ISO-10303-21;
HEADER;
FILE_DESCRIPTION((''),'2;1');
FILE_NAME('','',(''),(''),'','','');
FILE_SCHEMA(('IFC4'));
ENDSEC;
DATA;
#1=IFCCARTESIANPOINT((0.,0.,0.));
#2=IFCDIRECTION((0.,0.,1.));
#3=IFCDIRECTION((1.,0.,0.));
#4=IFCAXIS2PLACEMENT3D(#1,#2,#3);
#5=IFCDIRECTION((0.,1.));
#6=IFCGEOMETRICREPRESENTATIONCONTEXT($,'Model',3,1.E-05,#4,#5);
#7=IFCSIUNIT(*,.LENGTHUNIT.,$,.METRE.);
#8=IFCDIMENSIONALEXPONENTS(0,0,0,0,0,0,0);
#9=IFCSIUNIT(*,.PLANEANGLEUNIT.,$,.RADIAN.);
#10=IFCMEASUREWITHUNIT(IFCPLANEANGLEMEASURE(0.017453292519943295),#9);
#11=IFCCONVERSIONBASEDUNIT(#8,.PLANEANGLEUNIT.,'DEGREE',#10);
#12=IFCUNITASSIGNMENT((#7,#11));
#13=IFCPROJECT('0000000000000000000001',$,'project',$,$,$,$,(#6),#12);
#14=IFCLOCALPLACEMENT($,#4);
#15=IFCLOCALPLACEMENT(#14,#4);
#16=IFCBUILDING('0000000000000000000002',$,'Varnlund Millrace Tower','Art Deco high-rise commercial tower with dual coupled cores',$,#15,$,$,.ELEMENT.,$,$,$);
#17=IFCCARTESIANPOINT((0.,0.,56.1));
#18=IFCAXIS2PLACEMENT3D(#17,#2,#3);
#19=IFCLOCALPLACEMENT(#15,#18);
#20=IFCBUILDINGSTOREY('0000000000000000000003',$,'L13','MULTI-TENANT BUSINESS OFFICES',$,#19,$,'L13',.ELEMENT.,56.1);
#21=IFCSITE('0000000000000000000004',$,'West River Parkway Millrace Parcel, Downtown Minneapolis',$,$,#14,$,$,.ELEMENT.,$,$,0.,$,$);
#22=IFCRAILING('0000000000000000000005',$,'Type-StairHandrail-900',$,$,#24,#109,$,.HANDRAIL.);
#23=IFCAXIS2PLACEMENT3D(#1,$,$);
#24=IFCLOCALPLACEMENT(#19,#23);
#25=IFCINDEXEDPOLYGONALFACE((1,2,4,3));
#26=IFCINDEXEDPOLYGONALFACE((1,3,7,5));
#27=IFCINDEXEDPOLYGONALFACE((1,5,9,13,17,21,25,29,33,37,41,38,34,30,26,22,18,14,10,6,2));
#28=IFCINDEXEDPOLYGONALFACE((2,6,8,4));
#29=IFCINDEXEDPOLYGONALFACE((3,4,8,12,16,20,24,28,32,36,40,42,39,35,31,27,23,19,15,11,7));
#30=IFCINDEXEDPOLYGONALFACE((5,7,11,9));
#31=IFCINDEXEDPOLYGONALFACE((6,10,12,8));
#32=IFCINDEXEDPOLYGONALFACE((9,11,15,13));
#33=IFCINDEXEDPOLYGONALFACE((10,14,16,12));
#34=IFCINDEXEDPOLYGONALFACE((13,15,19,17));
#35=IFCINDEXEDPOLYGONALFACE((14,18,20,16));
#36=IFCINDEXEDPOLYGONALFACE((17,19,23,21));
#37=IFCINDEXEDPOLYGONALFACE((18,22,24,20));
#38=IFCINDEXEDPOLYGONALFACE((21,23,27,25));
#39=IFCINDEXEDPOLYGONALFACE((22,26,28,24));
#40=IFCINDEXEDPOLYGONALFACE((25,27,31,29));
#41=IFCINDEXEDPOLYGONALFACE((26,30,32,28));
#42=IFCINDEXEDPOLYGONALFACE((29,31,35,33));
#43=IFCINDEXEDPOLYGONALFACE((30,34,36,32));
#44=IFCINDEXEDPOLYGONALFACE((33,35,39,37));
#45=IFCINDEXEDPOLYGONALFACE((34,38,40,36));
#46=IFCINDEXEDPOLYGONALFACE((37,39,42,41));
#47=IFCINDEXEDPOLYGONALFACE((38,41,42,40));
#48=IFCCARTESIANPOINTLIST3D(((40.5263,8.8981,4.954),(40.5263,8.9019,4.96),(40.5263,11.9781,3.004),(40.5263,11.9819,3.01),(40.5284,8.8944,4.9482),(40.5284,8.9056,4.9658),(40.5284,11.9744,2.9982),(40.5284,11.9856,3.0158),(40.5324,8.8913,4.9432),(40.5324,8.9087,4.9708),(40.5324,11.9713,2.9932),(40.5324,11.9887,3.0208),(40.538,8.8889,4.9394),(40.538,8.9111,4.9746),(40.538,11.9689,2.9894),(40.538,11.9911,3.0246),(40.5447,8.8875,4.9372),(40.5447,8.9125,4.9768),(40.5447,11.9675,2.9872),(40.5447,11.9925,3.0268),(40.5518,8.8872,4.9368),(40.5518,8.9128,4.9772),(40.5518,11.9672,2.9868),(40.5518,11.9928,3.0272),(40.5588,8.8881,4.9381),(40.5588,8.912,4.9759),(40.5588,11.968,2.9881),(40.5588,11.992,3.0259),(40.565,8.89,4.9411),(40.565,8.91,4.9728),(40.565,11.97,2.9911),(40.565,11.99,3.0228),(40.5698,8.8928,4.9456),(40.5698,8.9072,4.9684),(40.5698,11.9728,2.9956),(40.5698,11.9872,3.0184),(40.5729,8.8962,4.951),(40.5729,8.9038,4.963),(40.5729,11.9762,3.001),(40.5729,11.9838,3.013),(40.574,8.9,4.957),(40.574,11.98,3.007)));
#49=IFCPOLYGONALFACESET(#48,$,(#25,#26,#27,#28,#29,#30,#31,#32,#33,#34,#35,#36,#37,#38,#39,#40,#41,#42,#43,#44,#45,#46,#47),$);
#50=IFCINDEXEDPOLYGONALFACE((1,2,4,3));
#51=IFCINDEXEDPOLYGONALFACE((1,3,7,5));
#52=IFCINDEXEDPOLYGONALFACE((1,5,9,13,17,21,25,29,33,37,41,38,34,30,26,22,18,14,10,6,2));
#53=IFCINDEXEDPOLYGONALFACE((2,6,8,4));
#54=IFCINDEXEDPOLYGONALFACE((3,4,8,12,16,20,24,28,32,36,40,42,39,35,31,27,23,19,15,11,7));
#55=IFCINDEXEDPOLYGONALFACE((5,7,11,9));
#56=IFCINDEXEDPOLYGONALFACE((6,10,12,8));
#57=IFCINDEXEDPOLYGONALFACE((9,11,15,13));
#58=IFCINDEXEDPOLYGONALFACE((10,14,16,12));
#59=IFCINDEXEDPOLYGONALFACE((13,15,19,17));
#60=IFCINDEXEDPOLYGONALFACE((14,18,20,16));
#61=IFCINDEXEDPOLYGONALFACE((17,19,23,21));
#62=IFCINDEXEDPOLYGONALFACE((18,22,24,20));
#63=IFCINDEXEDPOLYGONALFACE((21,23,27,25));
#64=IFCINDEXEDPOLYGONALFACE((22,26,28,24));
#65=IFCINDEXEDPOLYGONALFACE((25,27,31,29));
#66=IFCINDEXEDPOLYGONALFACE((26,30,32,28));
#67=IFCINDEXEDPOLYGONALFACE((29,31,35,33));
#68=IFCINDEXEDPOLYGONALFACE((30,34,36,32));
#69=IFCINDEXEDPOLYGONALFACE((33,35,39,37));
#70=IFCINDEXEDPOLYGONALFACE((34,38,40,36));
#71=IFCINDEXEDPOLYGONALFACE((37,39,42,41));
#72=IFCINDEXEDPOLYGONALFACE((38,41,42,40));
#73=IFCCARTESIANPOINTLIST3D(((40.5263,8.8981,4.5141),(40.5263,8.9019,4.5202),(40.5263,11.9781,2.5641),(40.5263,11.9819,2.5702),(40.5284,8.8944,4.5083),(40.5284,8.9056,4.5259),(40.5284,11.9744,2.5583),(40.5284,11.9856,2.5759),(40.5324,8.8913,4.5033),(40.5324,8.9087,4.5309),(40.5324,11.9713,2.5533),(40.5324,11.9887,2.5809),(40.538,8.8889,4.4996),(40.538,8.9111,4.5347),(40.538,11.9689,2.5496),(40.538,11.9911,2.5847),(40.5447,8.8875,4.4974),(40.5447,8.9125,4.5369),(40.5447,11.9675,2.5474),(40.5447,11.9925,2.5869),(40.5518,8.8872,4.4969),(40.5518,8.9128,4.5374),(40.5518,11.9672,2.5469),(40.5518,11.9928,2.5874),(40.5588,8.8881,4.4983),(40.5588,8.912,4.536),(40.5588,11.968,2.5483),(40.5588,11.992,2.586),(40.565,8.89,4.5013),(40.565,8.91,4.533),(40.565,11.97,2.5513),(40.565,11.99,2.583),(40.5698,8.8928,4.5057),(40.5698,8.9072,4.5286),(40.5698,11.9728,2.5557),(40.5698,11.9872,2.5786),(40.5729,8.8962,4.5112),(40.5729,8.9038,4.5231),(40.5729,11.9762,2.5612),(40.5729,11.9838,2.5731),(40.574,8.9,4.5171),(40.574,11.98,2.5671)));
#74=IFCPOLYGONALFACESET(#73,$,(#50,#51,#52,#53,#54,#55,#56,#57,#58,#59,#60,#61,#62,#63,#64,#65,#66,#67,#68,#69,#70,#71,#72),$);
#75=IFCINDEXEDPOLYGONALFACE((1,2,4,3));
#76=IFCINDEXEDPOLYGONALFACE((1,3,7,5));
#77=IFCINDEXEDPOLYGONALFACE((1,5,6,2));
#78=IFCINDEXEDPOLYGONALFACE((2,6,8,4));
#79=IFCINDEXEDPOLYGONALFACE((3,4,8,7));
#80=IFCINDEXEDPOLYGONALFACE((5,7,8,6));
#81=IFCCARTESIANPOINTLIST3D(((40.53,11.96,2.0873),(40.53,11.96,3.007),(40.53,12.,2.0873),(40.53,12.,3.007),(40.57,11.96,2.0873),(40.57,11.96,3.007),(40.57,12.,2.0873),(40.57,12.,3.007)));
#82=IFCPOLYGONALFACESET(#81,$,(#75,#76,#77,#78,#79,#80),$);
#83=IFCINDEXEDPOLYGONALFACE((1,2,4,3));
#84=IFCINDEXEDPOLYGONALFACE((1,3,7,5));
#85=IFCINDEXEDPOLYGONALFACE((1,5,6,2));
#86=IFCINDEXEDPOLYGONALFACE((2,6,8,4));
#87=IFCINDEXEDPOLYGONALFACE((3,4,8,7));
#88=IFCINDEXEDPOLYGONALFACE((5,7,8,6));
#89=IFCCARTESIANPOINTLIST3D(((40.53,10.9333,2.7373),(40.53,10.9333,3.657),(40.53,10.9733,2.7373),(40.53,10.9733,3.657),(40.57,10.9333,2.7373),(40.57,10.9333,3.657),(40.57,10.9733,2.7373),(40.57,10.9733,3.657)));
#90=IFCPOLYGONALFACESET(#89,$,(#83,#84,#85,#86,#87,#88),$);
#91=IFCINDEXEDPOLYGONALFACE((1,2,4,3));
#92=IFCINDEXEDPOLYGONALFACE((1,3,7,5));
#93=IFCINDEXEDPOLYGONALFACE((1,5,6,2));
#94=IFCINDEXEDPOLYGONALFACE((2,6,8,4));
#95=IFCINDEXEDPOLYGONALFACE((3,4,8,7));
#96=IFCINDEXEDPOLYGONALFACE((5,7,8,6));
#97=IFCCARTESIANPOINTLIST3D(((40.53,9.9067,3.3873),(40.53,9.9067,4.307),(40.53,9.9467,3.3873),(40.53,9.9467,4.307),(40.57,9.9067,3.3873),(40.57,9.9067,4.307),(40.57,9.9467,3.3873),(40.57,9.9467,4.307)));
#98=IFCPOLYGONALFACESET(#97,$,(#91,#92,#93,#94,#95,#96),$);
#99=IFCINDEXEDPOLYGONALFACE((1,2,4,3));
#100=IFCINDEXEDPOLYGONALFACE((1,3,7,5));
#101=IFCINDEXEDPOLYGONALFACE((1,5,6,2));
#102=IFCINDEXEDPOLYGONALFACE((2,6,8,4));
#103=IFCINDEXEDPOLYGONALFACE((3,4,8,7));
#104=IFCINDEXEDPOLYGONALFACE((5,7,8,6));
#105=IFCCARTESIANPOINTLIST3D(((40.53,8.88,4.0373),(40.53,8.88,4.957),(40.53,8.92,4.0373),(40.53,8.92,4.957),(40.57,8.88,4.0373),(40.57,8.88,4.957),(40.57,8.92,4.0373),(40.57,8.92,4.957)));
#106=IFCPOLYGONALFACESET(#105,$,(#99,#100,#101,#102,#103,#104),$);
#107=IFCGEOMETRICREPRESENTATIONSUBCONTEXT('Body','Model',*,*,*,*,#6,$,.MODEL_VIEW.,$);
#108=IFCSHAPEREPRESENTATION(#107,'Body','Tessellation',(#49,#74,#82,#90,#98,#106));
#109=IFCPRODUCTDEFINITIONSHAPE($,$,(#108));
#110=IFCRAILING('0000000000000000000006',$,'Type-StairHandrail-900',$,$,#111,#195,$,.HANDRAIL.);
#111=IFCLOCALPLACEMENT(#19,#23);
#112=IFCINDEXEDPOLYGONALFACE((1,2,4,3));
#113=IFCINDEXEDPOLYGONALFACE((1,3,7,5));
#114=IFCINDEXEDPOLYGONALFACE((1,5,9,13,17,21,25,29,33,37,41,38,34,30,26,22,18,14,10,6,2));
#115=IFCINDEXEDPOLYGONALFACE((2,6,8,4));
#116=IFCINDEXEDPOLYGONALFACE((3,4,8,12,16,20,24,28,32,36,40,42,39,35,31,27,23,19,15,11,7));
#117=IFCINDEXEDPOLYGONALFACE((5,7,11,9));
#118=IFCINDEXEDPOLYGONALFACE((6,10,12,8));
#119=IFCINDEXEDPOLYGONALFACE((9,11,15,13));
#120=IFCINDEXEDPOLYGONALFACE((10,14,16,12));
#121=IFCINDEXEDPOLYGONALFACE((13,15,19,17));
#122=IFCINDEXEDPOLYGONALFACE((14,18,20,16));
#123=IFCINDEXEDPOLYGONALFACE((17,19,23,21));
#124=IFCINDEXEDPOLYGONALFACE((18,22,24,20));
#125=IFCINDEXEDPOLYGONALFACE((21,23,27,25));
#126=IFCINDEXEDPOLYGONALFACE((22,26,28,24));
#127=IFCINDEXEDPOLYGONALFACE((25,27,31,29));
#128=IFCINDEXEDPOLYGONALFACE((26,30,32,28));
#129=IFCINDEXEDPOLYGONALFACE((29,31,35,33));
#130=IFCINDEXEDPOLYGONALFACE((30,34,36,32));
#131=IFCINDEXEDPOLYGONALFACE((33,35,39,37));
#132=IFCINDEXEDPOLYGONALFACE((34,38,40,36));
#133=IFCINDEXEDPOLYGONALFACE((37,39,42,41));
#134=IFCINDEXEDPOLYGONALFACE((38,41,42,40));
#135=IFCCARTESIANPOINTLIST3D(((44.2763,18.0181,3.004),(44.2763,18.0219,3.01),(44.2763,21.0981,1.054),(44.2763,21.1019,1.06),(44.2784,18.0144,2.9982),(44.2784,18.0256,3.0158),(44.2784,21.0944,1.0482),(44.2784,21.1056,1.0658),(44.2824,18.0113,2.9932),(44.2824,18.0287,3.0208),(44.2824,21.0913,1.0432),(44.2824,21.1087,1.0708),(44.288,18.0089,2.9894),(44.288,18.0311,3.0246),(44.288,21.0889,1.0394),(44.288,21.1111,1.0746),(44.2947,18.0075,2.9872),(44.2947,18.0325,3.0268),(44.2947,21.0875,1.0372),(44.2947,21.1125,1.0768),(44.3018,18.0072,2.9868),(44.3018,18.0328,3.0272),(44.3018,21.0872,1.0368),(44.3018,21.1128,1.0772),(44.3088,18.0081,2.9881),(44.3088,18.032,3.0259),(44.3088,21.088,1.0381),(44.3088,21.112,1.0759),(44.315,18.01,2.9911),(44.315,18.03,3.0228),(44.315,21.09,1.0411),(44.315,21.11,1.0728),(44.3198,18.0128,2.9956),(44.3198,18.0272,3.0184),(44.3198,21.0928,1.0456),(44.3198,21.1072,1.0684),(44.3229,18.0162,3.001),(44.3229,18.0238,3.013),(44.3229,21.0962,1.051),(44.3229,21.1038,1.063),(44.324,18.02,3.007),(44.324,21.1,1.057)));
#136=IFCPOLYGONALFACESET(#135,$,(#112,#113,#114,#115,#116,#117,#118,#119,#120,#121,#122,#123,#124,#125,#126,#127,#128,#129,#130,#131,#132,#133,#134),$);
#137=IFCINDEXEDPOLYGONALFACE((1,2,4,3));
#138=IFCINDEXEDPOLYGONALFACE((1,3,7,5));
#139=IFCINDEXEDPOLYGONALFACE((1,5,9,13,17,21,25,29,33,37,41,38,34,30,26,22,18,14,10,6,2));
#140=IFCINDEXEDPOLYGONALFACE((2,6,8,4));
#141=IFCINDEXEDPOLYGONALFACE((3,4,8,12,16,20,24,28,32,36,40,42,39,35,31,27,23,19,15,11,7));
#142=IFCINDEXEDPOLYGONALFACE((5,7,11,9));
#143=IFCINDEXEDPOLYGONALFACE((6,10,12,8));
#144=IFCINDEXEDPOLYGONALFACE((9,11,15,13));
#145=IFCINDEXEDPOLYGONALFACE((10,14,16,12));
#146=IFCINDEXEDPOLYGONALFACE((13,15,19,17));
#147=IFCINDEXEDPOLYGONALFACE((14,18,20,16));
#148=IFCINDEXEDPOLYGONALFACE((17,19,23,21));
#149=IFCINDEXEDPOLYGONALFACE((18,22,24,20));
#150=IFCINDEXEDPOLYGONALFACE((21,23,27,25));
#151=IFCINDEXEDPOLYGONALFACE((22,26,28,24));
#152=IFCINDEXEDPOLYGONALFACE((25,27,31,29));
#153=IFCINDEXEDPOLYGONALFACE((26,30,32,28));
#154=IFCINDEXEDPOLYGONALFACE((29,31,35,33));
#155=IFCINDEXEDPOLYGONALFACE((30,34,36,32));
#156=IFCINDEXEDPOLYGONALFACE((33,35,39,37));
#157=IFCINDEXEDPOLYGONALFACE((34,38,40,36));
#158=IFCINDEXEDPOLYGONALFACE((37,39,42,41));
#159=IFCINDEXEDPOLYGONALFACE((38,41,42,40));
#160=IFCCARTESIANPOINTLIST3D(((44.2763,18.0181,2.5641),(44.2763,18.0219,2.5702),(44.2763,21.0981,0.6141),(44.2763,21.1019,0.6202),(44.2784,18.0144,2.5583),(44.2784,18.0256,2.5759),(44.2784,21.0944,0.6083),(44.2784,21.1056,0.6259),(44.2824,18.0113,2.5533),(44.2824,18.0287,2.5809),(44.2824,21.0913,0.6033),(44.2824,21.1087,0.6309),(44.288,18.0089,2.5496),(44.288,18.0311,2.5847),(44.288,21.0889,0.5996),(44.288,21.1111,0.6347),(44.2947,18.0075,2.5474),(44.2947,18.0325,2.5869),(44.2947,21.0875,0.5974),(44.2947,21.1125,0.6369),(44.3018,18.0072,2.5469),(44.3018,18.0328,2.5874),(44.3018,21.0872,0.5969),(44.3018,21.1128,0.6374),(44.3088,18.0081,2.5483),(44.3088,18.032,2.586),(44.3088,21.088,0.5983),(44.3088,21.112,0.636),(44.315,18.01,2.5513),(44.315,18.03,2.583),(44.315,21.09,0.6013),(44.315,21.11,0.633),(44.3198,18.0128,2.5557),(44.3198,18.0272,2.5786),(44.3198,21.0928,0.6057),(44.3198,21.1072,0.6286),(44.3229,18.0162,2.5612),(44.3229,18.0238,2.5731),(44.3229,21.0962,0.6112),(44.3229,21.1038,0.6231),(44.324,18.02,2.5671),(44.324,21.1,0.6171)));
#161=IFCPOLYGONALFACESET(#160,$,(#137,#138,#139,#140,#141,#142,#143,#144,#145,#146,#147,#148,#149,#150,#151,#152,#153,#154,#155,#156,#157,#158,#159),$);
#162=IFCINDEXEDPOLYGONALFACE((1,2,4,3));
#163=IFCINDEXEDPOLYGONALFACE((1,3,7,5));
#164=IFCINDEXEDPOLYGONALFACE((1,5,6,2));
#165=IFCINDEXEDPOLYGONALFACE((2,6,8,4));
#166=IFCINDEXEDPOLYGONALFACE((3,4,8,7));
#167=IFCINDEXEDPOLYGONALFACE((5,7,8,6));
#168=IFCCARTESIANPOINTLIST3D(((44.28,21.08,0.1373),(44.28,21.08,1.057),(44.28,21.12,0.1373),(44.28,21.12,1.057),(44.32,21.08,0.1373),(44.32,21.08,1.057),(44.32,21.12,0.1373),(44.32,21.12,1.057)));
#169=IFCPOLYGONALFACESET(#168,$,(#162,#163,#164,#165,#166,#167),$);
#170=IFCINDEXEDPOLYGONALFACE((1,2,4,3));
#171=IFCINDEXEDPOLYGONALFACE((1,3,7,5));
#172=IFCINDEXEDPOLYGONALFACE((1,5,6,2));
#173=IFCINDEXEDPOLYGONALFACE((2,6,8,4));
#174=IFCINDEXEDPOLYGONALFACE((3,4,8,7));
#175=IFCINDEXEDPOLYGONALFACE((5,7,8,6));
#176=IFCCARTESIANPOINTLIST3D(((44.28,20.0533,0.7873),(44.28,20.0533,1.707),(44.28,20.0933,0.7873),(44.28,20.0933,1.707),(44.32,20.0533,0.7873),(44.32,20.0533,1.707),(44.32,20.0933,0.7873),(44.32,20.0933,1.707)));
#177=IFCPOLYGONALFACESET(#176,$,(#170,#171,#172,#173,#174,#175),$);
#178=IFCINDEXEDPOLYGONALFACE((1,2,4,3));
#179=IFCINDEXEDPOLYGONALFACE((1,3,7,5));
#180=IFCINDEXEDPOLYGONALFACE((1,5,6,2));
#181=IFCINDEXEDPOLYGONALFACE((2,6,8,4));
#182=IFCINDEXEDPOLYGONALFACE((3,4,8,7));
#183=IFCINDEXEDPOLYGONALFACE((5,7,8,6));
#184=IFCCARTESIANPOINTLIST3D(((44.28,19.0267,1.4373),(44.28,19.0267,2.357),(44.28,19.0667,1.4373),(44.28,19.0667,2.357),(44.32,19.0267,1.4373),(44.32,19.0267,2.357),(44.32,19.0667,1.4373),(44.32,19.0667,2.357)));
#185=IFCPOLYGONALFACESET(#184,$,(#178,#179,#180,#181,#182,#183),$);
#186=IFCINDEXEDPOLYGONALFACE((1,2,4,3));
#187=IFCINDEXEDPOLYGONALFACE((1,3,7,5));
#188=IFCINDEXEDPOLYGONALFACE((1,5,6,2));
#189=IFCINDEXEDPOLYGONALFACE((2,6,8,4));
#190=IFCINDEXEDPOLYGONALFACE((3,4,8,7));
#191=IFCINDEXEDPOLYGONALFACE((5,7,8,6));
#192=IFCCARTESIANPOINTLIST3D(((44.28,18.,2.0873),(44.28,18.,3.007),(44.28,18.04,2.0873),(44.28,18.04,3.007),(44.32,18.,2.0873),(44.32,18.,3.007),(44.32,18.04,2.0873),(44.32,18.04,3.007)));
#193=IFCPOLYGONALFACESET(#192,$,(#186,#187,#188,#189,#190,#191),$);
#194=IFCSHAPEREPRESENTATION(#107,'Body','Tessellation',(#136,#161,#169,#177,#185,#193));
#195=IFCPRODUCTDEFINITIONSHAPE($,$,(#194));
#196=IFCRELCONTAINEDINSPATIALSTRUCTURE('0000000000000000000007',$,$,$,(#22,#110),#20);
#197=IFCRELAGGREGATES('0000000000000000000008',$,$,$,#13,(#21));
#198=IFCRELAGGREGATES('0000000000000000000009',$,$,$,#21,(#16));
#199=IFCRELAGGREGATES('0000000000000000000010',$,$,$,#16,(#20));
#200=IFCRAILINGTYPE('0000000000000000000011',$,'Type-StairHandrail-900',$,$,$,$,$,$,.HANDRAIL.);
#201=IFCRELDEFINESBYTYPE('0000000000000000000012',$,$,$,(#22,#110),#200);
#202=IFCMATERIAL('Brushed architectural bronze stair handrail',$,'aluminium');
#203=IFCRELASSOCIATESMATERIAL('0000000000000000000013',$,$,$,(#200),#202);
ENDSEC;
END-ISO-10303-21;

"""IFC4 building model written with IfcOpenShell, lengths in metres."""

from ifc_helpers import new_model, entity, si_unit, converted_unit, direction, frame, origin_with_axes, origin_2d_with_axis, place, context, subcontext, project, spatial, rectangle, circle, extrude, material, type_object, element, save


model = new_model("IFC4")

# Units and contexts
model_context = context("Model", 3, precision=1e-05, world=origin_with_axes(), true_north=direction((0.0, 1.0)))
body_context = subcontext(model_context, "Body", "Model", "MODEL_VIEW")
ifc_project = project(units=[si_unit("LENGTHUNIT", "METRE"), converted_unit("PLANEANGLEUNIT", "DEGREE", entity("IfcPlaneAngleMeasure", 0.017453292519943295), si_unit("PLANEANGLEUNIT", "RADIAN"), dimensions=[0, 0, 0, 0, 0, 0, 0])], contexts=[model_context])

# Site, building, storey
site_placement = place(None, origin_with_axes())
site = spatial("IfcSite", under=ifc_project, at=site_placement, Name="West River Parkway Millrace Parcel, Downtown Minneapolis", CompositionType="ELEMENT", RefElevation=0.0)
building_placement = place(site_placement, origin_with_axes())
building = spatial("IfcBuilding", under=site, at=building_placement, Name="Varnlund Millrace Tower", Description="Art Deco high-rise commercial tower with dual coupled cores", CompositionType="ELEMENT")
storey_placement = place(building_placement, frame((0.0, 0.0, 56.1), z_axis=(0.0, 0.0, 1.0), x_axis=(1.0, 0.0, 0.0)))
storey = spatial("IfcBuildingStorey", under=building, at=storey_placement, Name="L13", Description="MULTI-TENANT BUSINESS OFFICES", LongName="L13", CompositionType="ELEMENT", Elevation=56.1)

# Railings
ifc_material_1 = material(Name="Brushed architectural bronze stair handrail", Category="aluminium")
railing_type_1 = type_object("IfcRailingType", Name="Type-StairHandrail-900", PredefinedType="HANDRAIL", material=ifc_material_1)
railing_1_placement = place(storey_placement, frame((0.0, 0.0, -56.1), z_axis=(0.0, 0.0, 1.0), x_axis=(1.0, 0.0, 0.0)))
element("IfcRailing", 1, at=railing_1_placement, inside=storey, type_object=railing_type_1, Name="Type-StairHandrail-900", PredefinedType="HANDRAIL", context=body_context, shape_type="SweptSolid", body=[
    extrude(circle(Radius=0.024, at=origin_2d_with_axis()), frame((40.55, 11.98, 59.107), z_axis=(0.0, -0.844902, 0.534922), x_axis=(1.0, 0.0, 0.0)), (0.0, 0.0, 1.0), 3.6454),
    extrude(circle(Radius=0.024, at=origin_2d_with_axis()), frame((40.55, 11.98, 58.6671), z_axis=(0.0, -0.844902, 0.534922), x_axis=(1.0, 0.0, 0.0)), (0.0, 0.0, 1.0), 3.6454),
    extrude(rectangle(XDim=0.04, YDim=0.04, at=origin_2d_with_axis()), frame((40.55, 11.98, 58.1873), z_axis=(0.0, 0.0, 1.0), x_axis=(1.0, 0.0, 0.0)), (0.0, 0.0, 1.0), 0.9197),
    extrude(rectangle(XDim=0.04, YDim=0.04, at=origin_2d_with_axis()), frame((40.55, 10.9533, 58.8373), z_axis=(0.0, 0.0, 1.0), x_axis=(1.0, 0.0, 0.0)), (0.0, 0.0, 1.0), 0.9197),
    extrude(rectangle(XDim=0.04, YDim=0.04, at=origin_2d_with_axis()), frame((40.55, 9.9267, 59.4873), z_axis=(0.0, 0.0, 1.0), x_axis=(1.0, 0.0, 0.0)), (0.0, 0.0, 1.0), 0.9197),
    extrude(rectangle(XDim=0.04, YDim=0.04, at=origin_2d_with_axis()), frame((40.55, 8.9, 60.1373), z_axis=(0.0, 0.0, 1.0), x_axis=(1.0, 0.0, 0.0)), (0.0, 0.0, 1.0), 0.9197),
])
railing_2_placement = place(storey_placement, frame((0.0, 0.0, -56.1), z_axis=(0.0, 0.0, 1.0), x_axis=(1.0, 0.0, 0.0)))
element("IfcRailing", 2, at=railing_2_placement, inside=storey, type_object=railing_type_1, Name="Type-StairHandrail-900", PredefinedType="HANDRAIL", context=body_context, shape_type="SweptSolid", body=[
    extrude(circle(Radius=0.024, at=origin_2d_with_axis()), frame((44.3, 21.1, 57.157), z_axis=(0.0, -0.844902, 0.534922), x_axis=(1.0, 0.0, 0.0)), (0.0, 0.0, 1.0), 3.6454),
    extrude(circle(Radius=0.024, at=origin_2d_with_axis()), frame((44.3, 21.1, 56.7171), z_axis=(0.0, -0.844902, 0.534922), x_axis=(1.0, 0.0, 0.0)), (0.0, 0.0, 1.0), 3.6454),
    extrude(rectangle(XDim=0.04, YDim=0.04, at=origin_2d_with_axis()), frame((44.3, 21.1, 56.2373), z_axis=(0.0, 0.0, 1.0), x_axis=(1.0, 0.0, 0.0)), (0.0, 0.0, 1.0), 0.9197),
    extrude(rectangle(XDim=0.04, YDim=0.04, at=origin_2d_with_axis()), frame((44.3, 20.0733, 56.8873), z_axis=(0.0, 0.0, 1.0), x_axis=(1.0, 0.0, 0.0)), (0.0, 0.0, 1.0), 0.9197),
    extrude(rectangle(XDim=0.04, YDim=0.04, at=origin_2d_with_axis()), frame((44.3, 19.0467, 57.5373), z_axis=(0.0, 0.0, 1.0), x_axis=(1.0, 0.0, 0.0)), (0.0, 0.0, 1.0), 0.9197),
    extrude(rectangle(XDim=0.04, YDim=0.04, at=origin_2d_with_axis()), frame((44.3, 18.02, 58.1873), z_axis=(0.0, 0.0, 1.0), x_axis=(1.0, 0.0, 0.0)), (0.0, 0.0, 1.0), 0.9197),
])

save(model, "model.ifc")
